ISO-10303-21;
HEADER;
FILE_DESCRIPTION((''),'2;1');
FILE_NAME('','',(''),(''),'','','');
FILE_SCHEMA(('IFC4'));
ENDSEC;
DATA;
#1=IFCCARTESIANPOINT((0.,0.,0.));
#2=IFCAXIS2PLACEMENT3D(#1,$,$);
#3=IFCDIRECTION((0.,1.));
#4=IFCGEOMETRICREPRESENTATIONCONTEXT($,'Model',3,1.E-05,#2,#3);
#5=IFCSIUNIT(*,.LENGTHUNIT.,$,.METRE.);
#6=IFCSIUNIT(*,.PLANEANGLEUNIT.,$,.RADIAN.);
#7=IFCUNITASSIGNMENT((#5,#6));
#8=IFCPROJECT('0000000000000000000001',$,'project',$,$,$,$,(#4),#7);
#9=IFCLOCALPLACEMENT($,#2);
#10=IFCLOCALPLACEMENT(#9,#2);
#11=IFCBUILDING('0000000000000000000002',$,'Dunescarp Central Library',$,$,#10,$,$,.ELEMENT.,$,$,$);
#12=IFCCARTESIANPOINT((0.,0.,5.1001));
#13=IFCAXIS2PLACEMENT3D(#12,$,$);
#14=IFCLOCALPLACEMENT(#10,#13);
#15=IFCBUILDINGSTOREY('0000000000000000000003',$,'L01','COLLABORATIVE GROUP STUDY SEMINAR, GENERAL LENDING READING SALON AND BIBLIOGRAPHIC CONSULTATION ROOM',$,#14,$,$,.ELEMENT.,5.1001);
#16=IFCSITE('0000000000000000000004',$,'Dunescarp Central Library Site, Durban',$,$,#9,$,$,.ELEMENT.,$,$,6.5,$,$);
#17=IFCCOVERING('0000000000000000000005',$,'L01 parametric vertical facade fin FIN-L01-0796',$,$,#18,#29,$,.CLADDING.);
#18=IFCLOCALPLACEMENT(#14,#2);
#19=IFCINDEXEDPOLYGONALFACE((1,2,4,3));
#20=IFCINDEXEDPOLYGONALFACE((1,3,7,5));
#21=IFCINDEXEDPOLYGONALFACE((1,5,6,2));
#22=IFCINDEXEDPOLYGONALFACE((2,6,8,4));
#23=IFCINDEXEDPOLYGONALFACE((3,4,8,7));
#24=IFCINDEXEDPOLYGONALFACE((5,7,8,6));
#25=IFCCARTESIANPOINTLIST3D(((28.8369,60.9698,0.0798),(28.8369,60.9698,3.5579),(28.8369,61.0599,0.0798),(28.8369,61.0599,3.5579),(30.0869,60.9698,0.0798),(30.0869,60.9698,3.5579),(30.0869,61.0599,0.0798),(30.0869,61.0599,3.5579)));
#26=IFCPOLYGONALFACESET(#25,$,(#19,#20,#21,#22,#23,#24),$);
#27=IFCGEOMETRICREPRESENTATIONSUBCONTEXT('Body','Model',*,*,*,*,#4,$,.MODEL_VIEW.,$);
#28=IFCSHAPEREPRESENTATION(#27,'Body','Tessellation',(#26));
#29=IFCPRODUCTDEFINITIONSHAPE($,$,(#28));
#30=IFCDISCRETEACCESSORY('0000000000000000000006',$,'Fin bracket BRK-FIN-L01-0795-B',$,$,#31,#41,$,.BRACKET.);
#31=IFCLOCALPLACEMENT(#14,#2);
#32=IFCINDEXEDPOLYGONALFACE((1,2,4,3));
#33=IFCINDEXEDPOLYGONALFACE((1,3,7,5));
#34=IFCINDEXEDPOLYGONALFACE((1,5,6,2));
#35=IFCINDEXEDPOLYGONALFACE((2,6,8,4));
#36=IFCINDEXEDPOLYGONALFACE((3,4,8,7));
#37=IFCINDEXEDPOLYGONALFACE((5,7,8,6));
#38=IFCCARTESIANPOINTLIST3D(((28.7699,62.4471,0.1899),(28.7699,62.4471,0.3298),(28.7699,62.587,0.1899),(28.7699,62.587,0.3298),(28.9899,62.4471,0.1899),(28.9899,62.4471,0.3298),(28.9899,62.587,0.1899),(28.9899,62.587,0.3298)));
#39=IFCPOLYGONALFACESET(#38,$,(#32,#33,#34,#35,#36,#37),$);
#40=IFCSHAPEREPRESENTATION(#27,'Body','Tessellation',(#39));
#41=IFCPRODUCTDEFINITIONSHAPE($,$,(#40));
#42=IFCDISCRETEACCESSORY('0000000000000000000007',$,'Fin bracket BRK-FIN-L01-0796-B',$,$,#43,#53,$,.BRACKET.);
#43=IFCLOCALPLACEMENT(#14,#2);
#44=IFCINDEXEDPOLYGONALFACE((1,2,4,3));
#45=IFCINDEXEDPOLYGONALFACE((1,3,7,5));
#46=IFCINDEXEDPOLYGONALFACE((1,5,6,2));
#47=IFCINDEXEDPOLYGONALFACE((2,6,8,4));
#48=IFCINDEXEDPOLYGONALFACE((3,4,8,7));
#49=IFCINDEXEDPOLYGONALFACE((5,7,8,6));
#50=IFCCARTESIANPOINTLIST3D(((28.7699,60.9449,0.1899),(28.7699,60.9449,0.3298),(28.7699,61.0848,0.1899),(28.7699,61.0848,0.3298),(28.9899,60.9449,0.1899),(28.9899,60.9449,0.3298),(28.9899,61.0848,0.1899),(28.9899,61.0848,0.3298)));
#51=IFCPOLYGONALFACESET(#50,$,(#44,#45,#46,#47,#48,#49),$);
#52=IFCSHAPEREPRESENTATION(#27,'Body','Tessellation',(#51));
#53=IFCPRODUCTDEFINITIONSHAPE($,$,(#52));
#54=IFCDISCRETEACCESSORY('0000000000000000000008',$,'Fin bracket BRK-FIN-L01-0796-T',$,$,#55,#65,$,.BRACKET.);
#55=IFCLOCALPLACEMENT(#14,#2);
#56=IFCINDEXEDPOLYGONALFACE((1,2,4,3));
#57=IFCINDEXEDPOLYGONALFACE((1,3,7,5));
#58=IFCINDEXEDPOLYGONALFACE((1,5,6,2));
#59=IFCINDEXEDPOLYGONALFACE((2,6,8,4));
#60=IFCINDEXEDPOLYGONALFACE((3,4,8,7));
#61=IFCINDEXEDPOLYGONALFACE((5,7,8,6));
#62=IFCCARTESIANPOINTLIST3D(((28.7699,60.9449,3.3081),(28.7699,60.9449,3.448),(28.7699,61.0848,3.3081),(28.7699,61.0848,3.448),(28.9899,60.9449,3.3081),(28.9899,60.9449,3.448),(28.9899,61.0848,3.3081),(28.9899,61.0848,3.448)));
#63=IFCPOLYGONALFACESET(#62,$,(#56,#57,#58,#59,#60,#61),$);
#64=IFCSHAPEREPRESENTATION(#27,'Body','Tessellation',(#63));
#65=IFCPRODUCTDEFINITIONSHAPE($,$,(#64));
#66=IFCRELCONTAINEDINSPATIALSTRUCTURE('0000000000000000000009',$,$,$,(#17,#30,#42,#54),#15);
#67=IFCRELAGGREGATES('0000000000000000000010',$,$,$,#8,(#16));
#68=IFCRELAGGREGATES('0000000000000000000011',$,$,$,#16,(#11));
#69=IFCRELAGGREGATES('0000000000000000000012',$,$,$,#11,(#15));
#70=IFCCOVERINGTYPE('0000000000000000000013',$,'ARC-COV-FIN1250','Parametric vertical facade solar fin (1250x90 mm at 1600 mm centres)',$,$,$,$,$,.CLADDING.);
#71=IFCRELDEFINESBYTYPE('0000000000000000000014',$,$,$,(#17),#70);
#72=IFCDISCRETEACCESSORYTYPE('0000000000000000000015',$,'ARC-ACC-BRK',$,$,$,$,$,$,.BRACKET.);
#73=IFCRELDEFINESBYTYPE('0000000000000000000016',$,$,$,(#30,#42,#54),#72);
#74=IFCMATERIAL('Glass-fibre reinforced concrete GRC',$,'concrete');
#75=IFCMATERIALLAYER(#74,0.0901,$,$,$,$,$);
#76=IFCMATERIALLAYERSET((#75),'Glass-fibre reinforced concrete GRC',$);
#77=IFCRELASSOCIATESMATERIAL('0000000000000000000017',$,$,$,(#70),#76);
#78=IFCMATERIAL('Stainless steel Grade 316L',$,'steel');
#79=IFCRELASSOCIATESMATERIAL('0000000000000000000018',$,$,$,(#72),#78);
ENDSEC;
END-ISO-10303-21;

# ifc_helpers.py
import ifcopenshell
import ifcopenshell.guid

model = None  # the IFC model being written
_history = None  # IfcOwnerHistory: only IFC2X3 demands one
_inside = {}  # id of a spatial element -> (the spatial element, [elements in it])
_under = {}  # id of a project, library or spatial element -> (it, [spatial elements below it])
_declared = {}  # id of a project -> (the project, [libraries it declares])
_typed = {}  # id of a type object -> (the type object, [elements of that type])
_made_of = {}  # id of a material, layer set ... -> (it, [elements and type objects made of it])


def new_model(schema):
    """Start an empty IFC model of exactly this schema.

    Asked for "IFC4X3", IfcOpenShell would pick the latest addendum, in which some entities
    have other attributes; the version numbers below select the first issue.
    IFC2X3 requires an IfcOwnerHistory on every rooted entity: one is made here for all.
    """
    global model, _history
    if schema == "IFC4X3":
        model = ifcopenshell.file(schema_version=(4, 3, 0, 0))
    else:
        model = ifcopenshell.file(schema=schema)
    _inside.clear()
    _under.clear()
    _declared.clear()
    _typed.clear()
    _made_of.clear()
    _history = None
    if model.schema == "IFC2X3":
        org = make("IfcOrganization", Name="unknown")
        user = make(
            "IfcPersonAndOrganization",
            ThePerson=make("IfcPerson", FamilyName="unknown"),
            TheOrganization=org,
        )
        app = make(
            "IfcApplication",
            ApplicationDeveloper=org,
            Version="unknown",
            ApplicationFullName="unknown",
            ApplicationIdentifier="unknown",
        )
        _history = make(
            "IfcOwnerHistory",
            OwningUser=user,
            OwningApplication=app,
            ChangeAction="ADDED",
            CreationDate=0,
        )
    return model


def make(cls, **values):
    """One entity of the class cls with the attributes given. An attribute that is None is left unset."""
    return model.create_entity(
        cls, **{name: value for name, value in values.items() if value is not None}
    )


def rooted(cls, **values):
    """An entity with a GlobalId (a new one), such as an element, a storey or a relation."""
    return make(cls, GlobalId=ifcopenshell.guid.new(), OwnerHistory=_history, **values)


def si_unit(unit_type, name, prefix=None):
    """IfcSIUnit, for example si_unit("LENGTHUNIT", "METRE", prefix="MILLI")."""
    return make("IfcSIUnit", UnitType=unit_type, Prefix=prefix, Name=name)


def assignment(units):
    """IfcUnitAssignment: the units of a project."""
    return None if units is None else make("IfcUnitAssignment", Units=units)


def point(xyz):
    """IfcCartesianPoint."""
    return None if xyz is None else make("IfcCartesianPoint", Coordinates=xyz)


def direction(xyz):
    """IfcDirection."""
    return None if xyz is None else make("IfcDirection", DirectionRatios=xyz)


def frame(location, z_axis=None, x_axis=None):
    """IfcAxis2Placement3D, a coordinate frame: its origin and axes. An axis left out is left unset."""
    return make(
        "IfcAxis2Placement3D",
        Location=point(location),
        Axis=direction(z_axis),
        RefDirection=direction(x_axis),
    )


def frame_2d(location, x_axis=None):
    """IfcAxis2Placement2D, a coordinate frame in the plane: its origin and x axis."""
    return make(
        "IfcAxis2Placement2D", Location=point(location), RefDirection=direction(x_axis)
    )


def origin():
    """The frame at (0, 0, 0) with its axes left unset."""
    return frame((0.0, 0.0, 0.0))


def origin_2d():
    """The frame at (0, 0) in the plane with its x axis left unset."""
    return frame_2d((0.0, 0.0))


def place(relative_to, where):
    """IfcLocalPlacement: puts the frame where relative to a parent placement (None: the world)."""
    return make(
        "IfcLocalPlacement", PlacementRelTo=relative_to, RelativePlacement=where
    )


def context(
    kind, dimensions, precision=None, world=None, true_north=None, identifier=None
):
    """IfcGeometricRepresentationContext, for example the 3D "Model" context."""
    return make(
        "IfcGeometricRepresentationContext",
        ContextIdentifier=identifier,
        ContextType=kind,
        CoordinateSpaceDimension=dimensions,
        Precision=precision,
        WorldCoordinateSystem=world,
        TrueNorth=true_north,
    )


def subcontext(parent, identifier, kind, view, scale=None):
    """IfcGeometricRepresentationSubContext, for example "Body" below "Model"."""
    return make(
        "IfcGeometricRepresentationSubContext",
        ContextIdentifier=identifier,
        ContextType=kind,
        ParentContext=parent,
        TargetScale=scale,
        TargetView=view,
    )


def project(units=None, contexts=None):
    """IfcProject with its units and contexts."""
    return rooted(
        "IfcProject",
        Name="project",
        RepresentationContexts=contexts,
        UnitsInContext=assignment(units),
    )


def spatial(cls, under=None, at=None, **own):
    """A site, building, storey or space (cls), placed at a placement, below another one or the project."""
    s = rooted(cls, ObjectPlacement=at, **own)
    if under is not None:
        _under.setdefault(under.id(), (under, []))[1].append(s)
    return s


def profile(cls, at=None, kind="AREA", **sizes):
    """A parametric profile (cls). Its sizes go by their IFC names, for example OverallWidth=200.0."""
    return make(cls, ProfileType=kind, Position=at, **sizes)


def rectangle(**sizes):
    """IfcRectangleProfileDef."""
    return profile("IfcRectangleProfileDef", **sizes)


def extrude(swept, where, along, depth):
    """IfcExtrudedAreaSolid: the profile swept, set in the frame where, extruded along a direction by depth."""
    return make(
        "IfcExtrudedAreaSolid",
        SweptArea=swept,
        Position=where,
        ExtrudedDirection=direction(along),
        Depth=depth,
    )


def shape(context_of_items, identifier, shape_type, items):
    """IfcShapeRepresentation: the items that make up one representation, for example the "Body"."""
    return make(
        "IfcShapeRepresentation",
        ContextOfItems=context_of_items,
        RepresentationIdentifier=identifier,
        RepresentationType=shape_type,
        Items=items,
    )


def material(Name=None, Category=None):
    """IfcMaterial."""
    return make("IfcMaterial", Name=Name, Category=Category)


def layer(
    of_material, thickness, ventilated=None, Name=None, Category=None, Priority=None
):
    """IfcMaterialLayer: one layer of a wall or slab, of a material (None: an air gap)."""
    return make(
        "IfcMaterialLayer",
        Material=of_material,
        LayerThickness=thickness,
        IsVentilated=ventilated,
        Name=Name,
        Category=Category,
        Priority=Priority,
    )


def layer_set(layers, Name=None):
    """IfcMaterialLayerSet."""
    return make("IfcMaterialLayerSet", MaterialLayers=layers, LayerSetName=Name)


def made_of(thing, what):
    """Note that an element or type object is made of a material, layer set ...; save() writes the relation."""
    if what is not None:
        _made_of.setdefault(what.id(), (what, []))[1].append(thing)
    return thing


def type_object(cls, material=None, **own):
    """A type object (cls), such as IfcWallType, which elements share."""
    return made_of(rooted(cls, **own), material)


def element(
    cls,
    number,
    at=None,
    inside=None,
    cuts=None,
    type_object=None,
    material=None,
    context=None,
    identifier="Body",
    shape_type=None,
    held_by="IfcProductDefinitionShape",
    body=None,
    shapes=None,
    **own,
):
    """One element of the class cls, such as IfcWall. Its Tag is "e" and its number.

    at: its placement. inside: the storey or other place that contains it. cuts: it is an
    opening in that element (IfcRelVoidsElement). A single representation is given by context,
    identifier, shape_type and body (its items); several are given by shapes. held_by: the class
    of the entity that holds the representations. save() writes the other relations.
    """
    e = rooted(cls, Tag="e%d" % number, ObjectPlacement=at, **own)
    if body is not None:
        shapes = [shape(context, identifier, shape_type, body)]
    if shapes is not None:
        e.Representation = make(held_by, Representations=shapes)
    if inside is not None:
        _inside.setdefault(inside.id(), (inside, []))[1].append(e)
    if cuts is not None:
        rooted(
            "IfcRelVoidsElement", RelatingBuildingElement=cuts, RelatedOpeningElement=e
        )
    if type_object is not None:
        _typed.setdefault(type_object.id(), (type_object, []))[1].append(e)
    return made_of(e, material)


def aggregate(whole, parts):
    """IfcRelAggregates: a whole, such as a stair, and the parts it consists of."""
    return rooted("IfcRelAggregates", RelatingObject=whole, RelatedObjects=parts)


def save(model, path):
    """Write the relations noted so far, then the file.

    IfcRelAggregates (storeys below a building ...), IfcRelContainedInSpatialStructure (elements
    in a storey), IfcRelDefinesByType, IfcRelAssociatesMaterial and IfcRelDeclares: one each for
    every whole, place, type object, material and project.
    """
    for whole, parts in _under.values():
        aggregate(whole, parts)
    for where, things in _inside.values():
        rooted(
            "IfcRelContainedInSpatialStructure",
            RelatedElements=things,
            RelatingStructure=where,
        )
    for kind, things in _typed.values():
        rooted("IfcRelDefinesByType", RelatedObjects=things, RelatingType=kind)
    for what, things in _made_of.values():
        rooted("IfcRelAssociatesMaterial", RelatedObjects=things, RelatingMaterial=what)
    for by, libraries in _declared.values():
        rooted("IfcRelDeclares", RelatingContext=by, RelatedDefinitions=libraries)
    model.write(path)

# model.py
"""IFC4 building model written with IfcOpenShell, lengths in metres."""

from ifc_helpers import new_model, si_unit, direction, frame, origin, origin_2d, place, context, subcontext, project, spatial, rectangle, extrude, material, layer, layer_set, type_object, element, save


model = new_model("IFC4")

# Units and contexts
model_context = context("Model", 3, precision=1e-05, world=origin(), true_north=direction((0.0, 1.0)))
body_context = subcontext(model_context, "Body", "Model", "MODEL_VIEW")
ifc_project = project(units=[si_unit("LENGTHUNIT", "METRE"), si_unit("PLANEANGLEUNIT", "RADIAN")], contexts=[model_context])

# Site, building, storey
site_placement = place(None, origin())
site = spatial("IfcSite", under=ifc_project, at=site_placement, Name="Dunescarp Central Library Site, Durban", CompositionType="ELEMENT", RefElevation=6.5)
building_placement = place(site_placement, origin())
building = spatial("IfcBuilding", under=site, at=building_placement, Name="Dunescarp Central Library", CompositionType="ELEMENT")
storey_placement = place(building_placement, frame((0.0, 0.0, 5.1001)))
storey = spatial("IfcBuildingStorey", under=building, at=storey_placement, Name="L01", Description="COLLABORATIVE GROUP STUDY SEMINAR, GENERAL LENDING READING SALON AND BIBLIOGRAPHIC CONSULTATION ROOM", CompositionType="ELEMENT", Elevation=5.1001)

# Shared definitions
ifc_material_1 = material(Name="Glass-fibre reinforced concrete GRC", Category="concrete")

# Covering
ifc_layer_1 = layer(ifc_material_1, 0.0901)
ifc_layer_set_1 = layer_set([ifc_layer_1], Name="Glass-fibre reinforced concrete GRC")
covering_type = type_object("IfcCoveringType", Name="ARC-COV-FIN1250", Description="Parametric vertical facade solar fin (1250x90 mm at 1600 mm centres)", PredefinedType="CLADDING", material=ifc_layer_set_1)
covering_placement = place(storey_placement, frame((29.4619, 61.0149, 0.0798), z_axis=(0.0, 0.0, 1.0), x_axis=(1.0, 0.0, 0.0)))
element("IfcCovering", 1, at=covering_placement, inside=storey, type_object=covering_type, Name="L01 parametric vertical facade fin FIN-L01-0796", PredefinedType="CLADDING", context=body_context, shape_type="SweptSolid", body=[
    extrude(rectangle(XDim=1.25, YDim=0.0901, at=origin_2d()), origin(), (0.0, 0.0, 1.0), 3.478),
])

# Discrete accessories
ifc_material_2 = material(Name="Stainless steel Grade 316L", Category="steel")
discrete_accessory_type = type_object("IfcDiscreteAccessoryType", Name="ARC-ACC-BRK", PredefinedType="BRACKET", material=ifc_material_2)
for number, where, z_axis, x_axis, name in (
    (2, (28.8799, 62.5171, 0.1899), (0.0, 0.0, 1.0), (1.0, 0.0, 0.0), "Fin bracket BRK-FIN-L01-0795-B"),
    (3, (28.8799, 61.0149, 0.1899), (0.0, 0.0, 1.0), (1.0, 0.0, 0.0), "Fin bracket BRK-FIN-L01-0796-B"),
    (4, (28.8799, 61.0149, 3.3081), (0.0, 0.0, 1.0), (1.0, 0.0, 0.0), "Fin bracket BRK-FIN-L01-0796-T"),
):
    element("IfcDiscreteAccessory", number, at=place(storey_placement, frame(where, z_axis=z_axis, x_axis=x_axis)), inside=storey, type_object=discrete_accessory_type, Name=name, PredefinedType="BRACKET", context=body_context, shape_type="SweptSolid", body=[
        extrude(rectangle(XDim=0.22, YDim=0.1399, at=origin_2d()), origin(), (0.0, 0.0, 1.0), 0.1399),
    ])

save(model, "model.ifc")
